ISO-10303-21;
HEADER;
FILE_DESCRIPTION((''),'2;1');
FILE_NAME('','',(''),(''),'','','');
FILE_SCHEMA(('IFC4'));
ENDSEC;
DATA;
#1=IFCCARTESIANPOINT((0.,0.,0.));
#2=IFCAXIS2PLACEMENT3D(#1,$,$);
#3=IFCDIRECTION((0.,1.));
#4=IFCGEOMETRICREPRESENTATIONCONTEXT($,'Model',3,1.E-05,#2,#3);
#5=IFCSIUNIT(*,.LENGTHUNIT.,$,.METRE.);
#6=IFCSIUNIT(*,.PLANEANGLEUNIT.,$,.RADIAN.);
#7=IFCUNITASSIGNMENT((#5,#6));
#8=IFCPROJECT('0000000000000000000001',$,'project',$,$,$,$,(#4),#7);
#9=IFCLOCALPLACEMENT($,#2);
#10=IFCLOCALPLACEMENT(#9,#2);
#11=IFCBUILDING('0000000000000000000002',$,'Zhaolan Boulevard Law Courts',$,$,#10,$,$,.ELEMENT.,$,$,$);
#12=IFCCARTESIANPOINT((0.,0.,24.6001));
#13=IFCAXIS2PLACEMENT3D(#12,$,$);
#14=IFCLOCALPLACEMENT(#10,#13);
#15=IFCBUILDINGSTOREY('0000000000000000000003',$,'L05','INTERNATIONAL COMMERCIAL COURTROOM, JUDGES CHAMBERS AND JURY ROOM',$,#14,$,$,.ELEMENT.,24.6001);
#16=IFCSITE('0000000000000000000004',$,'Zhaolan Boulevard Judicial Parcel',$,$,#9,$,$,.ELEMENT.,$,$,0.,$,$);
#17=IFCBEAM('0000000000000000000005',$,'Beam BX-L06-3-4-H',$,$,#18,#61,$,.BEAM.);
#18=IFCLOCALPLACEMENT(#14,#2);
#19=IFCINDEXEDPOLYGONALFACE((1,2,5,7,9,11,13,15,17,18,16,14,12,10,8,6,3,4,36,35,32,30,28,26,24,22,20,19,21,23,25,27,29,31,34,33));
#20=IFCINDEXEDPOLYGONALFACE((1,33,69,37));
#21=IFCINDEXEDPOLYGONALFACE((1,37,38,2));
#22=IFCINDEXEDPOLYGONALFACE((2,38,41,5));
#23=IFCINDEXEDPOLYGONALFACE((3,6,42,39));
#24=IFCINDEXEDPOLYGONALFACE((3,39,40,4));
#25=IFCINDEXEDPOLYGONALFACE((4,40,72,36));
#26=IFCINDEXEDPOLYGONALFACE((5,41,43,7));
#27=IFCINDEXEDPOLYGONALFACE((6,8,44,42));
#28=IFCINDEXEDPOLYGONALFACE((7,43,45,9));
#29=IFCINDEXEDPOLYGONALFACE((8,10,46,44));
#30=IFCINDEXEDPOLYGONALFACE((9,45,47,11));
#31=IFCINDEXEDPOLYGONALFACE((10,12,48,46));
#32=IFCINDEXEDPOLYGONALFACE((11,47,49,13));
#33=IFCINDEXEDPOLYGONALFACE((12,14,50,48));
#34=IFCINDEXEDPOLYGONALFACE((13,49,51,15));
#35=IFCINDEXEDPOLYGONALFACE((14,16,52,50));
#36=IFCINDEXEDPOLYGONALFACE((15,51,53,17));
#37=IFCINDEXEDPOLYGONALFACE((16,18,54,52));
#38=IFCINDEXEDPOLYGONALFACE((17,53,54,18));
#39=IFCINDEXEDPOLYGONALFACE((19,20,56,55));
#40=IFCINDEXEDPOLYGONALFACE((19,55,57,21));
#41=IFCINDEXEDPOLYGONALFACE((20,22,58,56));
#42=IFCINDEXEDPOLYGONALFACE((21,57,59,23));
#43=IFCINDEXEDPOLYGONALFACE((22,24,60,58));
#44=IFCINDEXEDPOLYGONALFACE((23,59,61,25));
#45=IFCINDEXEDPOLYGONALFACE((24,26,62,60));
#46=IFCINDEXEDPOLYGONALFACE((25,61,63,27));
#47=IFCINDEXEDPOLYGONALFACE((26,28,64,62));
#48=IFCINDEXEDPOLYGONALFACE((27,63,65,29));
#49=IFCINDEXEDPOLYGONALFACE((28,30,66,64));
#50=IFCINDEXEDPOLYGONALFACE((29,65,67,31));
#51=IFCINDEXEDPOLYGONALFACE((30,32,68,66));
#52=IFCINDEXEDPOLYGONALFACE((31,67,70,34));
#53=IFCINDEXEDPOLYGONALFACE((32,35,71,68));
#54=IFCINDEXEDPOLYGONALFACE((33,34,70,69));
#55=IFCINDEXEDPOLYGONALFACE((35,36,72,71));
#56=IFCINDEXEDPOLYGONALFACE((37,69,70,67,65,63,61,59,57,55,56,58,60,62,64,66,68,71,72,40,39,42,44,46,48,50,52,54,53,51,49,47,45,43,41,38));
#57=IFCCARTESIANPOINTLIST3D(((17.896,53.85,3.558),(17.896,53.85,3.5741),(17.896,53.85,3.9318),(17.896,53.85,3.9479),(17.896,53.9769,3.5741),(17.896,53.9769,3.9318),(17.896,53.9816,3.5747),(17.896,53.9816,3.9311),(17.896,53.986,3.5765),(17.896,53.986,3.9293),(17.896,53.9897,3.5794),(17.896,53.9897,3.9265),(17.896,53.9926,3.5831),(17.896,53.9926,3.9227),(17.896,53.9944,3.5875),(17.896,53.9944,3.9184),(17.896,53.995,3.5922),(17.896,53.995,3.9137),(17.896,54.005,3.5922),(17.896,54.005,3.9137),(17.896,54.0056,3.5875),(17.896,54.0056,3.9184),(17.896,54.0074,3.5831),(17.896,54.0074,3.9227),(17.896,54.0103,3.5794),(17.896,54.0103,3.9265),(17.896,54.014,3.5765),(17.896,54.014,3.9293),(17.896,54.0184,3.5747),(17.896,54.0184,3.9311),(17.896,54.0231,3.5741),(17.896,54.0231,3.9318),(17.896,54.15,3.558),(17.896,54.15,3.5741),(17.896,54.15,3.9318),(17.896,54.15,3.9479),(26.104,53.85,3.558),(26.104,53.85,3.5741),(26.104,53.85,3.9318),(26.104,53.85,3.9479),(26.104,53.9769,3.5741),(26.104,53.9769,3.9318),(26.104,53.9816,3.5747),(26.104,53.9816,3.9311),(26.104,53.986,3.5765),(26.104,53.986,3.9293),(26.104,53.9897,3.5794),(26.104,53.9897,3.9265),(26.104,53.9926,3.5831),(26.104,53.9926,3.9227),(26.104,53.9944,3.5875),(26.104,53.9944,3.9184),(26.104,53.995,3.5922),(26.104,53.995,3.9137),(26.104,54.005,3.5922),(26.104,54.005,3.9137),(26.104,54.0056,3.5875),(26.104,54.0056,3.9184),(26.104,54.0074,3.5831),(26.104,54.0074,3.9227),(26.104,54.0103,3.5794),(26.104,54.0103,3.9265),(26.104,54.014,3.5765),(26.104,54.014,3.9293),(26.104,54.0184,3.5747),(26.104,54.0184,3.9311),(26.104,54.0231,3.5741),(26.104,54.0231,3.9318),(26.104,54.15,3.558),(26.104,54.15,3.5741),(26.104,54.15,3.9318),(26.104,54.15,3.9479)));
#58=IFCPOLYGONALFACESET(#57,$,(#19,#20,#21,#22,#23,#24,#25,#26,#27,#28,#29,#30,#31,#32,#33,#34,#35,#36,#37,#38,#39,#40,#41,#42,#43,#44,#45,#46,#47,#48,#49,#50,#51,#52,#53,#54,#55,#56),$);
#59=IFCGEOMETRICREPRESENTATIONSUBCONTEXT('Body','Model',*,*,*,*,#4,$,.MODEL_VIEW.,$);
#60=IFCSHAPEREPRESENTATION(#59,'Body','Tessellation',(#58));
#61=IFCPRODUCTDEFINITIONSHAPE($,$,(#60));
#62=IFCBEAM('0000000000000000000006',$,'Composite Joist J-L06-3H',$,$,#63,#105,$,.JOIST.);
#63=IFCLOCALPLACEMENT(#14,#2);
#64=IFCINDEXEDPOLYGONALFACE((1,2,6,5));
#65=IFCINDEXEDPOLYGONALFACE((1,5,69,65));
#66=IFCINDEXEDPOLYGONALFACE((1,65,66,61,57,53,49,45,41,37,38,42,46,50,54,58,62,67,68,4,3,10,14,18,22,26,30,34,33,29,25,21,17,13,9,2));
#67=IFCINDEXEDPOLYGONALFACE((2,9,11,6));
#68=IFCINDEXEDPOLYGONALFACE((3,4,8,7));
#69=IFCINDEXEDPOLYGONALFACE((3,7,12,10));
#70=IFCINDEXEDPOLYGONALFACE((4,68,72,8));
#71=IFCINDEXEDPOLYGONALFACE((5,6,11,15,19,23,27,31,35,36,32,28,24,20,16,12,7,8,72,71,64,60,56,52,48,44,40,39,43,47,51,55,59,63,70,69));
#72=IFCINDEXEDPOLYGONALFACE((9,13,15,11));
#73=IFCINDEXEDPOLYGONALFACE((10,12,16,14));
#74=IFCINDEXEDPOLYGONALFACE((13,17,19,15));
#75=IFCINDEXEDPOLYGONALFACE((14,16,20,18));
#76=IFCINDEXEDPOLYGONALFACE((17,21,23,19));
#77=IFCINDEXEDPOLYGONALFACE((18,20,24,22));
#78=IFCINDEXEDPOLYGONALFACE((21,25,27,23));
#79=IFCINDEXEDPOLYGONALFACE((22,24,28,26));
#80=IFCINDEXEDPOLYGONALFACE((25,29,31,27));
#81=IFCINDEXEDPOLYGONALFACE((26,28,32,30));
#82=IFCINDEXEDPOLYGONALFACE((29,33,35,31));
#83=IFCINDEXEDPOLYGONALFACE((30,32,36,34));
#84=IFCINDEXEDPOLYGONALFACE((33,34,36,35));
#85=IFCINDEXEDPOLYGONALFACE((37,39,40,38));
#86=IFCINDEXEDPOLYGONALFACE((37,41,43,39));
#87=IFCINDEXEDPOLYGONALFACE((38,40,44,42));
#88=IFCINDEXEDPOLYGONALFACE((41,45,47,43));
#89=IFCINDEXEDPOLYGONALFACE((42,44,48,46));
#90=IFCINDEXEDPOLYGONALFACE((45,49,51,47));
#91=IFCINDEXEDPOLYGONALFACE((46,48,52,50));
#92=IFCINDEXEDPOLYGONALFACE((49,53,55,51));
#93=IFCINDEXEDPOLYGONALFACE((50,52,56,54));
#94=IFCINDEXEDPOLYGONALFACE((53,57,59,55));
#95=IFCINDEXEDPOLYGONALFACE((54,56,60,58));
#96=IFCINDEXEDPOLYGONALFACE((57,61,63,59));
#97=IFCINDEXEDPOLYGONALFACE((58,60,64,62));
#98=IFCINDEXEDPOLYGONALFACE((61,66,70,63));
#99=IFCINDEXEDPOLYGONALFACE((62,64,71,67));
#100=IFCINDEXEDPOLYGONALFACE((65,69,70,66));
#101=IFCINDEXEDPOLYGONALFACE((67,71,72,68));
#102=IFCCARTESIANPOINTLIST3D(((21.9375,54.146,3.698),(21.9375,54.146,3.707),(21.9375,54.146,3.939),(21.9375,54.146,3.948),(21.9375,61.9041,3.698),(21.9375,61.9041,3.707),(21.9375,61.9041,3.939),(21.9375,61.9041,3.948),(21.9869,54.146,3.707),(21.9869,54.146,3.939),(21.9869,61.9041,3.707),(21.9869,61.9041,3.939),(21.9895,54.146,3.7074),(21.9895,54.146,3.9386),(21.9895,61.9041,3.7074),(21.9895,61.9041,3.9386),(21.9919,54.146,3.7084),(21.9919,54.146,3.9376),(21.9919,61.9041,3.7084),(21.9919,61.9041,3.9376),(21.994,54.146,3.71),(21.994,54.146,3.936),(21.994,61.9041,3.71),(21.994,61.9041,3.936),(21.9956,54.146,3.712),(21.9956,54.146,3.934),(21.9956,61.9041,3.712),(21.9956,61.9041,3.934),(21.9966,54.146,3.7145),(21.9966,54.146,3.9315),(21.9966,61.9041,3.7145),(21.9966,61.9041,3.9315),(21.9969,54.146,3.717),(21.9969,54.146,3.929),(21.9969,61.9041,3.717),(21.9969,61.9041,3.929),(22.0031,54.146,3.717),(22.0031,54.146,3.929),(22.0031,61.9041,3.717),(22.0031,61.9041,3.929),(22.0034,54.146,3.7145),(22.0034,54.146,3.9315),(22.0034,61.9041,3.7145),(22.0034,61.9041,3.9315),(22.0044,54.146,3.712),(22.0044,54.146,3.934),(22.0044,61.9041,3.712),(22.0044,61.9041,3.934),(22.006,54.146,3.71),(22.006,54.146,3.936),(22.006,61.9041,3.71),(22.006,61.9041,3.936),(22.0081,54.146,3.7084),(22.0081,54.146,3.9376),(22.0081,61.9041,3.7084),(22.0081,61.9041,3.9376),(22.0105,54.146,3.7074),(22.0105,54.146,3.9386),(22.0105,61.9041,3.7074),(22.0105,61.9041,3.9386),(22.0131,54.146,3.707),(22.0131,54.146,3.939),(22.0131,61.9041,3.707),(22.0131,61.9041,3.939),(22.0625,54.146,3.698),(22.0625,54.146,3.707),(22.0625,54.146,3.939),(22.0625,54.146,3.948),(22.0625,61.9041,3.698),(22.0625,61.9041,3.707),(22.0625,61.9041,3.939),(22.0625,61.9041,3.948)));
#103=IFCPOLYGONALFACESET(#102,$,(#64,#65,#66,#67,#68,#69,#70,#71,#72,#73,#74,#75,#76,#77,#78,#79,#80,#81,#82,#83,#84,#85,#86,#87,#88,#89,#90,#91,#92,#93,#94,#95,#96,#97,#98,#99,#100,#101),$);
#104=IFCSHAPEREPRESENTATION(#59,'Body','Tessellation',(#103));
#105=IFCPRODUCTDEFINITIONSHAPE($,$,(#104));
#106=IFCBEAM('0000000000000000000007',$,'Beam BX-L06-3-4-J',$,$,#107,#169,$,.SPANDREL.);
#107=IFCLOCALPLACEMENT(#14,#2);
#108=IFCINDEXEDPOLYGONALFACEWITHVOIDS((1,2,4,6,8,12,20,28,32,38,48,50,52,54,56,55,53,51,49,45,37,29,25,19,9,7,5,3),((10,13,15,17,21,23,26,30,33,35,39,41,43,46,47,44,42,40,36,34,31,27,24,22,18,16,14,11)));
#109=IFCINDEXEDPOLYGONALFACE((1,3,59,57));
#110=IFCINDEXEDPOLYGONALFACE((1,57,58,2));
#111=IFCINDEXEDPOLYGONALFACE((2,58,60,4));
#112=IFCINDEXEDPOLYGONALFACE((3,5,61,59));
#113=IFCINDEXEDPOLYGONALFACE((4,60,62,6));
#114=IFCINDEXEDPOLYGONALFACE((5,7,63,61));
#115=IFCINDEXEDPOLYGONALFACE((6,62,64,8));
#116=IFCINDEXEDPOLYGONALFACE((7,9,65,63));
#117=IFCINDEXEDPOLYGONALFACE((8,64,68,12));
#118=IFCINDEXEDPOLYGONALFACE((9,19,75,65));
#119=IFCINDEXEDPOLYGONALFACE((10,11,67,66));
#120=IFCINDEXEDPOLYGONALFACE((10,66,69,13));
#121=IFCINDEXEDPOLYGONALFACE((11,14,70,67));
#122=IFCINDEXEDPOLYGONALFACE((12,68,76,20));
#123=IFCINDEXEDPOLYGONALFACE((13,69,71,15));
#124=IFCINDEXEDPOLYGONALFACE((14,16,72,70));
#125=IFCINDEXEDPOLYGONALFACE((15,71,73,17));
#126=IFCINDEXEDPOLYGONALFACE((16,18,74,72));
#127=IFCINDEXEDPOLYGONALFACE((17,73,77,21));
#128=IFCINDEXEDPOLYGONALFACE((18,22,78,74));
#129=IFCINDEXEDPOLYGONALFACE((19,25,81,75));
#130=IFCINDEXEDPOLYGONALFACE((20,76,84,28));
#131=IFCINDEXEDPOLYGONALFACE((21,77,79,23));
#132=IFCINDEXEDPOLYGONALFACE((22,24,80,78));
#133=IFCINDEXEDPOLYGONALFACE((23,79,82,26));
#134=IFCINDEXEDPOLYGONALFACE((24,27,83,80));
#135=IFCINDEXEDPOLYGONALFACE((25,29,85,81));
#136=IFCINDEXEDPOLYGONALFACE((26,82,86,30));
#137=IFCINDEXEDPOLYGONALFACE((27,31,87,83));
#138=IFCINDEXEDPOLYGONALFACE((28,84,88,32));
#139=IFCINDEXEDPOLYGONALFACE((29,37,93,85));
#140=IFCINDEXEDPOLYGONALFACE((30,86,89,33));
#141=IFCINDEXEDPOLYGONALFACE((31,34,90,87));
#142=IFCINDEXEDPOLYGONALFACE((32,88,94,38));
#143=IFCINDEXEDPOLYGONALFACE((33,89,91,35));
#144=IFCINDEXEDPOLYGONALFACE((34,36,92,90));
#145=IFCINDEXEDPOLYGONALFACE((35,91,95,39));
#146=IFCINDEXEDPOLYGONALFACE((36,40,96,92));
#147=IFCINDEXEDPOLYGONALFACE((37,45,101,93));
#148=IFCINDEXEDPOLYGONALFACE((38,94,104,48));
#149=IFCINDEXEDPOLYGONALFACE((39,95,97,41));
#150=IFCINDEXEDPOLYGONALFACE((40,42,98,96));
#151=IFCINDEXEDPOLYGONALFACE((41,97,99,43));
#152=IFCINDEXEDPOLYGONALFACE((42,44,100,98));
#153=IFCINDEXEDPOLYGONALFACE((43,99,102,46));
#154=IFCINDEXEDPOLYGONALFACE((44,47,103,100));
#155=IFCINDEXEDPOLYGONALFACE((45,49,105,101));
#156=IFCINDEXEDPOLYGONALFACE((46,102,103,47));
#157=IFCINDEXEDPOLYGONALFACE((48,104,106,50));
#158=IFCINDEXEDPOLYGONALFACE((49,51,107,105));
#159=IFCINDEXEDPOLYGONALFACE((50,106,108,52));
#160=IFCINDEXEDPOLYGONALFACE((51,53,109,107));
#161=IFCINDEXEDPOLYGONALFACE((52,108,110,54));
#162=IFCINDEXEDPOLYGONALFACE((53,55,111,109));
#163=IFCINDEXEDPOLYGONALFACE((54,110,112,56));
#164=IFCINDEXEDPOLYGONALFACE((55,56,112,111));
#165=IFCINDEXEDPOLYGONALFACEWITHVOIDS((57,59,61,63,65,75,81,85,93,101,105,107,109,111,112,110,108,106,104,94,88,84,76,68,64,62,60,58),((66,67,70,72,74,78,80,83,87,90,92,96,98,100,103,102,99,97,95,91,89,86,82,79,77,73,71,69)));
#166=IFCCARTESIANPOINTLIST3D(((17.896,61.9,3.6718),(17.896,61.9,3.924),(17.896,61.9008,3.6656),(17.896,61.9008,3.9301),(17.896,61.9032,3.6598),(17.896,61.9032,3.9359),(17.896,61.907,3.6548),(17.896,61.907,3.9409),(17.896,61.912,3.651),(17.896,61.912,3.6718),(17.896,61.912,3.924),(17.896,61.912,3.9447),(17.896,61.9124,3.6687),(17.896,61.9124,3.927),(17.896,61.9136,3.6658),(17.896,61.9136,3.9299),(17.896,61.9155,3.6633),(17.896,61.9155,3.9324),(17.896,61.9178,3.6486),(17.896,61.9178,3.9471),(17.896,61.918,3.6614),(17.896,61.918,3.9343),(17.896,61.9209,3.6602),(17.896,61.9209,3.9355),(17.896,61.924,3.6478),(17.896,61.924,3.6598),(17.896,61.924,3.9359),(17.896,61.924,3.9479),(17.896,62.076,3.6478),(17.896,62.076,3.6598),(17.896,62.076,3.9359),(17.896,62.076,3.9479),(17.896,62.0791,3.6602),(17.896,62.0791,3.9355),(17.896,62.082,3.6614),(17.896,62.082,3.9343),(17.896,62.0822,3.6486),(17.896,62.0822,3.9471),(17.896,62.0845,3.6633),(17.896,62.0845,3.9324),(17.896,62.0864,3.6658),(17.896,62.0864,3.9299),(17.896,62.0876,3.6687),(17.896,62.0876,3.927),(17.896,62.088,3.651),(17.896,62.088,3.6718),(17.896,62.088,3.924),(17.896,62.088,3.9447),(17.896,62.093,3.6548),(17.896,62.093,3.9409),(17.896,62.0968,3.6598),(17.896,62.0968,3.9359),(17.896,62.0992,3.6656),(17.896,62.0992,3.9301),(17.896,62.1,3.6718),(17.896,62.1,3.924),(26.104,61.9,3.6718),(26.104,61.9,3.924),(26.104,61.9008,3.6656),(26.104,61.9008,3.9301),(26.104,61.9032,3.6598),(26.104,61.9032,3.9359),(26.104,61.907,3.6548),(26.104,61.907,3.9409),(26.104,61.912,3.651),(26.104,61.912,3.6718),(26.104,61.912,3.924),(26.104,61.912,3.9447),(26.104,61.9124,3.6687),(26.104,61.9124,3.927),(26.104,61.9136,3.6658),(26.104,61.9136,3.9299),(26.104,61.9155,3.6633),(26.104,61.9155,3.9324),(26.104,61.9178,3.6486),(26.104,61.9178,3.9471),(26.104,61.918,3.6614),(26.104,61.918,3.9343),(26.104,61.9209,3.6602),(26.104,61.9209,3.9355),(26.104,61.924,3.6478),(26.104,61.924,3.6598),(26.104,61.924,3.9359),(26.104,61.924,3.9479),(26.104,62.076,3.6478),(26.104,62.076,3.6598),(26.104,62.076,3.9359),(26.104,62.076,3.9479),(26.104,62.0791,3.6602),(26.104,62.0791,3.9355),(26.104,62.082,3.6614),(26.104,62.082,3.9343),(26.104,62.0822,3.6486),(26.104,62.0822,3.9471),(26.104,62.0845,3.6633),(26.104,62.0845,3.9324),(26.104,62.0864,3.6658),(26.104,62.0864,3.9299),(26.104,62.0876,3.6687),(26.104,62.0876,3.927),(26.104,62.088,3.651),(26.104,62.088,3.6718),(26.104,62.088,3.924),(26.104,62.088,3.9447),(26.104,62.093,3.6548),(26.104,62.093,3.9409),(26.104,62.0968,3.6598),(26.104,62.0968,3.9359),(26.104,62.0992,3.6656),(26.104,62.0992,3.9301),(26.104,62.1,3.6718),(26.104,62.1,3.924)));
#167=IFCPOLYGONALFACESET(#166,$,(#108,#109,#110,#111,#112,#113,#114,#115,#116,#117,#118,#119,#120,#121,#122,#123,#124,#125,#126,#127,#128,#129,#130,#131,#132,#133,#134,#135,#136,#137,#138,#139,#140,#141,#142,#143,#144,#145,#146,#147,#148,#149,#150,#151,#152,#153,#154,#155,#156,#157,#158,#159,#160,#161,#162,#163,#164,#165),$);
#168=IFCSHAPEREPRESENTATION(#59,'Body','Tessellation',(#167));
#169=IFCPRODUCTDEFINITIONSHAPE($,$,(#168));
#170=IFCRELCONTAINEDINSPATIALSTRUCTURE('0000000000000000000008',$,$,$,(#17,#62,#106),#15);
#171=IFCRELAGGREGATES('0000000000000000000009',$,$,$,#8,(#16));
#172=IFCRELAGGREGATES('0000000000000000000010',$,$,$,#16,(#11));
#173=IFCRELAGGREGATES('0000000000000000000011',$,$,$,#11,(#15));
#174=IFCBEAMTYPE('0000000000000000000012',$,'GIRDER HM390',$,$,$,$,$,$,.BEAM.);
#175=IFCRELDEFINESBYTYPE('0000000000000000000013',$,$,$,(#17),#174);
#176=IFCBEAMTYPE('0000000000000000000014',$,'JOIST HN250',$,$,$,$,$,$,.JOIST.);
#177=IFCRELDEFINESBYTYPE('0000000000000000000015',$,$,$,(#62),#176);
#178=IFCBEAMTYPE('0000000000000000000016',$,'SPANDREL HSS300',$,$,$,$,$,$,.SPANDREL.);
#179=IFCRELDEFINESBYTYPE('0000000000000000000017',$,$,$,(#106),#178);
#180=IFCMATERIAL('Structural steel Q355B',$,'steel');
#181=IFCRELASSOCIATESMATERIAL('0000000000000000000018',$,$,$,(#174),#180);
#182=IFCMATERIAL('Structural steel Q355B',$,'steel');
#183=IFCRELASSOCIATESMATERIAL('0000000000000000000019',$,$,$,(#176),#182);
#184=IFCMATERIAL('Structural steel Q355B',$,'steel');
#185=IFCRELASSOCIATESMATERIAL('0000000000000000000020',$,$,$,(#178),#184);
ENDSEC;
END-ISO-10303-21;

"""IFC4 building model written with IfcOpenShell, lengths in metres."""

from ifc_helpers import new_model, si_unit, direction, frame, origin, origin_2d, place, context, subcontext, project, spatial, hollow_rectangle, i_section, extrude, material, material_profile, profile_set, type_object, element, save


model = new_model("IFC4")

# Units and contexts
model_context = context("Model", 3, precision=1e-05, world=origin(), true_north=direction((0.0, 1.0)))
body_context = subcontext(model_context, "Body", "Model", "MODEL_VIEW")
ifc_project = project(units=[si_unit("LENGTHUNIT", "METRE"), si_unit("PLANEANGLEUNIT", "RADIAN")], contexts=[model_context])

# Site, building, storey
site_placement = place(None, origin())
site = spatial("IfcSite", under=ifc_project, at=site_placement, Name="Zhaolan Boulevard Judicial Parcel", CompositionType="ELEMENT", RefElevation=0.0)
building_placement = place(site_placement, origin())
building = spatial("IfcBuilding", under=site, at=building_placement, Name="Zhaolan Boulevard Law Courts", CompositionType="ELEMENT")
storey_placement = place(building_placement, frame((0.0, 0.0, 24.6001)))
storey = spatial("IfcBuildingStorey", under=building, at=storey_placement, Name="L05", Description="INTERNATIONAL COMMERCIAL COURTROOM, JUDGES CHAMBERS AND JURY ROOM", CompositionType="ELEMENT", Elevation=24.6001)

# Beams
ifc_material_1 = material(Name="Structural steel Q355B", Category="steel")
ifc_material_profile_1 = material_profile(ifc_material_1, i_section(OverallWidth=0.3, OverallDepth=0.3899, WebThickness=0.01, FlangeThickness=0.0161, FilletRadius=0.0181, at=origin_2d()), Name="HM390x300")
ifc_profile_set_1 = profile_set([ifc_material_profile_1], Name="Structural steel Q355B")
beam_type_1 = type_object("IfcBeamType", Name="GIRDER HM390", PredefinedType="BEAM", material=ifc_profile_set_1)
beam_1_placement = place(storey_placement, frame((17.896, 54.0, 3.7529), z_axis=(1.0, 0.0, 0.0), x_axis=(0.0, 1.0, 0.0)))
element("IfcBeam", 1, at=beam_1_placement, inside=storey, type_object=beam_type_1, Name="Beam BX-L06-3-4-H", PredefinedType="BEAM", context=body_context, shape_type="SweptSolid", body=[
    extrude(i_section(OverallWidth=0.3, OverallDepth=0.3899, WebThickness=0.01, FlangeThickness=0.0161, FilletRadius=0.0181, at=origin_2d()), origin(), (0.0, 0.0, 1.0), 8.208),
])
ifc_material_2 = material(Name="Structural steel Q355B", Category="steel")
ifc_material_profile_2 = material_profile(ifc_material_2, i_section(OverallWidth=0.125, OverallDepth=0.25, WebThickness=0.0061, FlangeThickness=0.009, FilletRadius=0.01, at=origin_2d()), Name="HN250x125")
ifc_profile_set_2 = profile_set([ifc_material_profile_2], Name="Structural steel Q355B")
beam_type_2 = type_object("IfcBeamType", Name="JOIST HN250", PredefinedType="JOIST", material=ifc_profile_set_2)
beam_2_placement = place(storey_placement, frame((22.0, 54.146, 3.823), z_axis=(0.0, 1.0, 0.0), x_axis=(-1.0, 0.0, 0.0)))
element("IfcBeam", 2, at=beam_2_placement, inside=storey, type_object=beam_type_2, Name="Composite Joist J-L06-3H", PredefinedType="JOIST", context=body_context, shape_type="SweptSolid", body=[
    extrude(i_section(OverallWidth=0.125, OverallDepth=0.25, WebThickness=0.0061, FlangeThickness=0.009, FilletRadius=0.01, at=origin_2d()), origin(), (0.0, 0.0, 1.0), 7.7581),
])
ifc_material_3 = material(Name="Structural steel Q355B", Category="steel")
ifc_material_profile_3 = material_profile(ifc_material_3, hollow_rectangle(XDim=0.2, YDim=0.3, WallThickness=0.012, InnerFilletRadius=0.012, OuterFilletRadius=0.0239, at=origin_2d()), Name="HSS300x200x12")
ifc_profile_set_3 = profile_set([ifc_material_profile_3], Name="Structural steel Q355B")
beam_type_3 = type_object("IfcBeamType", Name="SPANDREL HSS300", PredefinedType="SPANDREL", material=ifc_profile_set_3)
beam_3_placement = place(storey_placement, frame((17.896, 62.0, 3.7979), z_axis=(1.0, 0.0, 0.0), x_axis=(0.0, 1.0, 0.0)))
element("IfcBeam", 3, at=beam_3_placement, inside=storey, type_object=beam_type_3, Name="Beam BX-L06-3-4-J", PredefinedType="SPANDREL", context=body_context, shape_type="SweptSolid", body=[
    extrude(hollow_rectangle(XDim=0.2, YDim=0.3, WallThickness=0.012, InnerFilletRadius=0.012, OuterFilletRadius=0.0239, at=origin_2d()), origin(), (0.0, 0.0, 1.0), 8.208),
])

save(model, "model.ifc")
